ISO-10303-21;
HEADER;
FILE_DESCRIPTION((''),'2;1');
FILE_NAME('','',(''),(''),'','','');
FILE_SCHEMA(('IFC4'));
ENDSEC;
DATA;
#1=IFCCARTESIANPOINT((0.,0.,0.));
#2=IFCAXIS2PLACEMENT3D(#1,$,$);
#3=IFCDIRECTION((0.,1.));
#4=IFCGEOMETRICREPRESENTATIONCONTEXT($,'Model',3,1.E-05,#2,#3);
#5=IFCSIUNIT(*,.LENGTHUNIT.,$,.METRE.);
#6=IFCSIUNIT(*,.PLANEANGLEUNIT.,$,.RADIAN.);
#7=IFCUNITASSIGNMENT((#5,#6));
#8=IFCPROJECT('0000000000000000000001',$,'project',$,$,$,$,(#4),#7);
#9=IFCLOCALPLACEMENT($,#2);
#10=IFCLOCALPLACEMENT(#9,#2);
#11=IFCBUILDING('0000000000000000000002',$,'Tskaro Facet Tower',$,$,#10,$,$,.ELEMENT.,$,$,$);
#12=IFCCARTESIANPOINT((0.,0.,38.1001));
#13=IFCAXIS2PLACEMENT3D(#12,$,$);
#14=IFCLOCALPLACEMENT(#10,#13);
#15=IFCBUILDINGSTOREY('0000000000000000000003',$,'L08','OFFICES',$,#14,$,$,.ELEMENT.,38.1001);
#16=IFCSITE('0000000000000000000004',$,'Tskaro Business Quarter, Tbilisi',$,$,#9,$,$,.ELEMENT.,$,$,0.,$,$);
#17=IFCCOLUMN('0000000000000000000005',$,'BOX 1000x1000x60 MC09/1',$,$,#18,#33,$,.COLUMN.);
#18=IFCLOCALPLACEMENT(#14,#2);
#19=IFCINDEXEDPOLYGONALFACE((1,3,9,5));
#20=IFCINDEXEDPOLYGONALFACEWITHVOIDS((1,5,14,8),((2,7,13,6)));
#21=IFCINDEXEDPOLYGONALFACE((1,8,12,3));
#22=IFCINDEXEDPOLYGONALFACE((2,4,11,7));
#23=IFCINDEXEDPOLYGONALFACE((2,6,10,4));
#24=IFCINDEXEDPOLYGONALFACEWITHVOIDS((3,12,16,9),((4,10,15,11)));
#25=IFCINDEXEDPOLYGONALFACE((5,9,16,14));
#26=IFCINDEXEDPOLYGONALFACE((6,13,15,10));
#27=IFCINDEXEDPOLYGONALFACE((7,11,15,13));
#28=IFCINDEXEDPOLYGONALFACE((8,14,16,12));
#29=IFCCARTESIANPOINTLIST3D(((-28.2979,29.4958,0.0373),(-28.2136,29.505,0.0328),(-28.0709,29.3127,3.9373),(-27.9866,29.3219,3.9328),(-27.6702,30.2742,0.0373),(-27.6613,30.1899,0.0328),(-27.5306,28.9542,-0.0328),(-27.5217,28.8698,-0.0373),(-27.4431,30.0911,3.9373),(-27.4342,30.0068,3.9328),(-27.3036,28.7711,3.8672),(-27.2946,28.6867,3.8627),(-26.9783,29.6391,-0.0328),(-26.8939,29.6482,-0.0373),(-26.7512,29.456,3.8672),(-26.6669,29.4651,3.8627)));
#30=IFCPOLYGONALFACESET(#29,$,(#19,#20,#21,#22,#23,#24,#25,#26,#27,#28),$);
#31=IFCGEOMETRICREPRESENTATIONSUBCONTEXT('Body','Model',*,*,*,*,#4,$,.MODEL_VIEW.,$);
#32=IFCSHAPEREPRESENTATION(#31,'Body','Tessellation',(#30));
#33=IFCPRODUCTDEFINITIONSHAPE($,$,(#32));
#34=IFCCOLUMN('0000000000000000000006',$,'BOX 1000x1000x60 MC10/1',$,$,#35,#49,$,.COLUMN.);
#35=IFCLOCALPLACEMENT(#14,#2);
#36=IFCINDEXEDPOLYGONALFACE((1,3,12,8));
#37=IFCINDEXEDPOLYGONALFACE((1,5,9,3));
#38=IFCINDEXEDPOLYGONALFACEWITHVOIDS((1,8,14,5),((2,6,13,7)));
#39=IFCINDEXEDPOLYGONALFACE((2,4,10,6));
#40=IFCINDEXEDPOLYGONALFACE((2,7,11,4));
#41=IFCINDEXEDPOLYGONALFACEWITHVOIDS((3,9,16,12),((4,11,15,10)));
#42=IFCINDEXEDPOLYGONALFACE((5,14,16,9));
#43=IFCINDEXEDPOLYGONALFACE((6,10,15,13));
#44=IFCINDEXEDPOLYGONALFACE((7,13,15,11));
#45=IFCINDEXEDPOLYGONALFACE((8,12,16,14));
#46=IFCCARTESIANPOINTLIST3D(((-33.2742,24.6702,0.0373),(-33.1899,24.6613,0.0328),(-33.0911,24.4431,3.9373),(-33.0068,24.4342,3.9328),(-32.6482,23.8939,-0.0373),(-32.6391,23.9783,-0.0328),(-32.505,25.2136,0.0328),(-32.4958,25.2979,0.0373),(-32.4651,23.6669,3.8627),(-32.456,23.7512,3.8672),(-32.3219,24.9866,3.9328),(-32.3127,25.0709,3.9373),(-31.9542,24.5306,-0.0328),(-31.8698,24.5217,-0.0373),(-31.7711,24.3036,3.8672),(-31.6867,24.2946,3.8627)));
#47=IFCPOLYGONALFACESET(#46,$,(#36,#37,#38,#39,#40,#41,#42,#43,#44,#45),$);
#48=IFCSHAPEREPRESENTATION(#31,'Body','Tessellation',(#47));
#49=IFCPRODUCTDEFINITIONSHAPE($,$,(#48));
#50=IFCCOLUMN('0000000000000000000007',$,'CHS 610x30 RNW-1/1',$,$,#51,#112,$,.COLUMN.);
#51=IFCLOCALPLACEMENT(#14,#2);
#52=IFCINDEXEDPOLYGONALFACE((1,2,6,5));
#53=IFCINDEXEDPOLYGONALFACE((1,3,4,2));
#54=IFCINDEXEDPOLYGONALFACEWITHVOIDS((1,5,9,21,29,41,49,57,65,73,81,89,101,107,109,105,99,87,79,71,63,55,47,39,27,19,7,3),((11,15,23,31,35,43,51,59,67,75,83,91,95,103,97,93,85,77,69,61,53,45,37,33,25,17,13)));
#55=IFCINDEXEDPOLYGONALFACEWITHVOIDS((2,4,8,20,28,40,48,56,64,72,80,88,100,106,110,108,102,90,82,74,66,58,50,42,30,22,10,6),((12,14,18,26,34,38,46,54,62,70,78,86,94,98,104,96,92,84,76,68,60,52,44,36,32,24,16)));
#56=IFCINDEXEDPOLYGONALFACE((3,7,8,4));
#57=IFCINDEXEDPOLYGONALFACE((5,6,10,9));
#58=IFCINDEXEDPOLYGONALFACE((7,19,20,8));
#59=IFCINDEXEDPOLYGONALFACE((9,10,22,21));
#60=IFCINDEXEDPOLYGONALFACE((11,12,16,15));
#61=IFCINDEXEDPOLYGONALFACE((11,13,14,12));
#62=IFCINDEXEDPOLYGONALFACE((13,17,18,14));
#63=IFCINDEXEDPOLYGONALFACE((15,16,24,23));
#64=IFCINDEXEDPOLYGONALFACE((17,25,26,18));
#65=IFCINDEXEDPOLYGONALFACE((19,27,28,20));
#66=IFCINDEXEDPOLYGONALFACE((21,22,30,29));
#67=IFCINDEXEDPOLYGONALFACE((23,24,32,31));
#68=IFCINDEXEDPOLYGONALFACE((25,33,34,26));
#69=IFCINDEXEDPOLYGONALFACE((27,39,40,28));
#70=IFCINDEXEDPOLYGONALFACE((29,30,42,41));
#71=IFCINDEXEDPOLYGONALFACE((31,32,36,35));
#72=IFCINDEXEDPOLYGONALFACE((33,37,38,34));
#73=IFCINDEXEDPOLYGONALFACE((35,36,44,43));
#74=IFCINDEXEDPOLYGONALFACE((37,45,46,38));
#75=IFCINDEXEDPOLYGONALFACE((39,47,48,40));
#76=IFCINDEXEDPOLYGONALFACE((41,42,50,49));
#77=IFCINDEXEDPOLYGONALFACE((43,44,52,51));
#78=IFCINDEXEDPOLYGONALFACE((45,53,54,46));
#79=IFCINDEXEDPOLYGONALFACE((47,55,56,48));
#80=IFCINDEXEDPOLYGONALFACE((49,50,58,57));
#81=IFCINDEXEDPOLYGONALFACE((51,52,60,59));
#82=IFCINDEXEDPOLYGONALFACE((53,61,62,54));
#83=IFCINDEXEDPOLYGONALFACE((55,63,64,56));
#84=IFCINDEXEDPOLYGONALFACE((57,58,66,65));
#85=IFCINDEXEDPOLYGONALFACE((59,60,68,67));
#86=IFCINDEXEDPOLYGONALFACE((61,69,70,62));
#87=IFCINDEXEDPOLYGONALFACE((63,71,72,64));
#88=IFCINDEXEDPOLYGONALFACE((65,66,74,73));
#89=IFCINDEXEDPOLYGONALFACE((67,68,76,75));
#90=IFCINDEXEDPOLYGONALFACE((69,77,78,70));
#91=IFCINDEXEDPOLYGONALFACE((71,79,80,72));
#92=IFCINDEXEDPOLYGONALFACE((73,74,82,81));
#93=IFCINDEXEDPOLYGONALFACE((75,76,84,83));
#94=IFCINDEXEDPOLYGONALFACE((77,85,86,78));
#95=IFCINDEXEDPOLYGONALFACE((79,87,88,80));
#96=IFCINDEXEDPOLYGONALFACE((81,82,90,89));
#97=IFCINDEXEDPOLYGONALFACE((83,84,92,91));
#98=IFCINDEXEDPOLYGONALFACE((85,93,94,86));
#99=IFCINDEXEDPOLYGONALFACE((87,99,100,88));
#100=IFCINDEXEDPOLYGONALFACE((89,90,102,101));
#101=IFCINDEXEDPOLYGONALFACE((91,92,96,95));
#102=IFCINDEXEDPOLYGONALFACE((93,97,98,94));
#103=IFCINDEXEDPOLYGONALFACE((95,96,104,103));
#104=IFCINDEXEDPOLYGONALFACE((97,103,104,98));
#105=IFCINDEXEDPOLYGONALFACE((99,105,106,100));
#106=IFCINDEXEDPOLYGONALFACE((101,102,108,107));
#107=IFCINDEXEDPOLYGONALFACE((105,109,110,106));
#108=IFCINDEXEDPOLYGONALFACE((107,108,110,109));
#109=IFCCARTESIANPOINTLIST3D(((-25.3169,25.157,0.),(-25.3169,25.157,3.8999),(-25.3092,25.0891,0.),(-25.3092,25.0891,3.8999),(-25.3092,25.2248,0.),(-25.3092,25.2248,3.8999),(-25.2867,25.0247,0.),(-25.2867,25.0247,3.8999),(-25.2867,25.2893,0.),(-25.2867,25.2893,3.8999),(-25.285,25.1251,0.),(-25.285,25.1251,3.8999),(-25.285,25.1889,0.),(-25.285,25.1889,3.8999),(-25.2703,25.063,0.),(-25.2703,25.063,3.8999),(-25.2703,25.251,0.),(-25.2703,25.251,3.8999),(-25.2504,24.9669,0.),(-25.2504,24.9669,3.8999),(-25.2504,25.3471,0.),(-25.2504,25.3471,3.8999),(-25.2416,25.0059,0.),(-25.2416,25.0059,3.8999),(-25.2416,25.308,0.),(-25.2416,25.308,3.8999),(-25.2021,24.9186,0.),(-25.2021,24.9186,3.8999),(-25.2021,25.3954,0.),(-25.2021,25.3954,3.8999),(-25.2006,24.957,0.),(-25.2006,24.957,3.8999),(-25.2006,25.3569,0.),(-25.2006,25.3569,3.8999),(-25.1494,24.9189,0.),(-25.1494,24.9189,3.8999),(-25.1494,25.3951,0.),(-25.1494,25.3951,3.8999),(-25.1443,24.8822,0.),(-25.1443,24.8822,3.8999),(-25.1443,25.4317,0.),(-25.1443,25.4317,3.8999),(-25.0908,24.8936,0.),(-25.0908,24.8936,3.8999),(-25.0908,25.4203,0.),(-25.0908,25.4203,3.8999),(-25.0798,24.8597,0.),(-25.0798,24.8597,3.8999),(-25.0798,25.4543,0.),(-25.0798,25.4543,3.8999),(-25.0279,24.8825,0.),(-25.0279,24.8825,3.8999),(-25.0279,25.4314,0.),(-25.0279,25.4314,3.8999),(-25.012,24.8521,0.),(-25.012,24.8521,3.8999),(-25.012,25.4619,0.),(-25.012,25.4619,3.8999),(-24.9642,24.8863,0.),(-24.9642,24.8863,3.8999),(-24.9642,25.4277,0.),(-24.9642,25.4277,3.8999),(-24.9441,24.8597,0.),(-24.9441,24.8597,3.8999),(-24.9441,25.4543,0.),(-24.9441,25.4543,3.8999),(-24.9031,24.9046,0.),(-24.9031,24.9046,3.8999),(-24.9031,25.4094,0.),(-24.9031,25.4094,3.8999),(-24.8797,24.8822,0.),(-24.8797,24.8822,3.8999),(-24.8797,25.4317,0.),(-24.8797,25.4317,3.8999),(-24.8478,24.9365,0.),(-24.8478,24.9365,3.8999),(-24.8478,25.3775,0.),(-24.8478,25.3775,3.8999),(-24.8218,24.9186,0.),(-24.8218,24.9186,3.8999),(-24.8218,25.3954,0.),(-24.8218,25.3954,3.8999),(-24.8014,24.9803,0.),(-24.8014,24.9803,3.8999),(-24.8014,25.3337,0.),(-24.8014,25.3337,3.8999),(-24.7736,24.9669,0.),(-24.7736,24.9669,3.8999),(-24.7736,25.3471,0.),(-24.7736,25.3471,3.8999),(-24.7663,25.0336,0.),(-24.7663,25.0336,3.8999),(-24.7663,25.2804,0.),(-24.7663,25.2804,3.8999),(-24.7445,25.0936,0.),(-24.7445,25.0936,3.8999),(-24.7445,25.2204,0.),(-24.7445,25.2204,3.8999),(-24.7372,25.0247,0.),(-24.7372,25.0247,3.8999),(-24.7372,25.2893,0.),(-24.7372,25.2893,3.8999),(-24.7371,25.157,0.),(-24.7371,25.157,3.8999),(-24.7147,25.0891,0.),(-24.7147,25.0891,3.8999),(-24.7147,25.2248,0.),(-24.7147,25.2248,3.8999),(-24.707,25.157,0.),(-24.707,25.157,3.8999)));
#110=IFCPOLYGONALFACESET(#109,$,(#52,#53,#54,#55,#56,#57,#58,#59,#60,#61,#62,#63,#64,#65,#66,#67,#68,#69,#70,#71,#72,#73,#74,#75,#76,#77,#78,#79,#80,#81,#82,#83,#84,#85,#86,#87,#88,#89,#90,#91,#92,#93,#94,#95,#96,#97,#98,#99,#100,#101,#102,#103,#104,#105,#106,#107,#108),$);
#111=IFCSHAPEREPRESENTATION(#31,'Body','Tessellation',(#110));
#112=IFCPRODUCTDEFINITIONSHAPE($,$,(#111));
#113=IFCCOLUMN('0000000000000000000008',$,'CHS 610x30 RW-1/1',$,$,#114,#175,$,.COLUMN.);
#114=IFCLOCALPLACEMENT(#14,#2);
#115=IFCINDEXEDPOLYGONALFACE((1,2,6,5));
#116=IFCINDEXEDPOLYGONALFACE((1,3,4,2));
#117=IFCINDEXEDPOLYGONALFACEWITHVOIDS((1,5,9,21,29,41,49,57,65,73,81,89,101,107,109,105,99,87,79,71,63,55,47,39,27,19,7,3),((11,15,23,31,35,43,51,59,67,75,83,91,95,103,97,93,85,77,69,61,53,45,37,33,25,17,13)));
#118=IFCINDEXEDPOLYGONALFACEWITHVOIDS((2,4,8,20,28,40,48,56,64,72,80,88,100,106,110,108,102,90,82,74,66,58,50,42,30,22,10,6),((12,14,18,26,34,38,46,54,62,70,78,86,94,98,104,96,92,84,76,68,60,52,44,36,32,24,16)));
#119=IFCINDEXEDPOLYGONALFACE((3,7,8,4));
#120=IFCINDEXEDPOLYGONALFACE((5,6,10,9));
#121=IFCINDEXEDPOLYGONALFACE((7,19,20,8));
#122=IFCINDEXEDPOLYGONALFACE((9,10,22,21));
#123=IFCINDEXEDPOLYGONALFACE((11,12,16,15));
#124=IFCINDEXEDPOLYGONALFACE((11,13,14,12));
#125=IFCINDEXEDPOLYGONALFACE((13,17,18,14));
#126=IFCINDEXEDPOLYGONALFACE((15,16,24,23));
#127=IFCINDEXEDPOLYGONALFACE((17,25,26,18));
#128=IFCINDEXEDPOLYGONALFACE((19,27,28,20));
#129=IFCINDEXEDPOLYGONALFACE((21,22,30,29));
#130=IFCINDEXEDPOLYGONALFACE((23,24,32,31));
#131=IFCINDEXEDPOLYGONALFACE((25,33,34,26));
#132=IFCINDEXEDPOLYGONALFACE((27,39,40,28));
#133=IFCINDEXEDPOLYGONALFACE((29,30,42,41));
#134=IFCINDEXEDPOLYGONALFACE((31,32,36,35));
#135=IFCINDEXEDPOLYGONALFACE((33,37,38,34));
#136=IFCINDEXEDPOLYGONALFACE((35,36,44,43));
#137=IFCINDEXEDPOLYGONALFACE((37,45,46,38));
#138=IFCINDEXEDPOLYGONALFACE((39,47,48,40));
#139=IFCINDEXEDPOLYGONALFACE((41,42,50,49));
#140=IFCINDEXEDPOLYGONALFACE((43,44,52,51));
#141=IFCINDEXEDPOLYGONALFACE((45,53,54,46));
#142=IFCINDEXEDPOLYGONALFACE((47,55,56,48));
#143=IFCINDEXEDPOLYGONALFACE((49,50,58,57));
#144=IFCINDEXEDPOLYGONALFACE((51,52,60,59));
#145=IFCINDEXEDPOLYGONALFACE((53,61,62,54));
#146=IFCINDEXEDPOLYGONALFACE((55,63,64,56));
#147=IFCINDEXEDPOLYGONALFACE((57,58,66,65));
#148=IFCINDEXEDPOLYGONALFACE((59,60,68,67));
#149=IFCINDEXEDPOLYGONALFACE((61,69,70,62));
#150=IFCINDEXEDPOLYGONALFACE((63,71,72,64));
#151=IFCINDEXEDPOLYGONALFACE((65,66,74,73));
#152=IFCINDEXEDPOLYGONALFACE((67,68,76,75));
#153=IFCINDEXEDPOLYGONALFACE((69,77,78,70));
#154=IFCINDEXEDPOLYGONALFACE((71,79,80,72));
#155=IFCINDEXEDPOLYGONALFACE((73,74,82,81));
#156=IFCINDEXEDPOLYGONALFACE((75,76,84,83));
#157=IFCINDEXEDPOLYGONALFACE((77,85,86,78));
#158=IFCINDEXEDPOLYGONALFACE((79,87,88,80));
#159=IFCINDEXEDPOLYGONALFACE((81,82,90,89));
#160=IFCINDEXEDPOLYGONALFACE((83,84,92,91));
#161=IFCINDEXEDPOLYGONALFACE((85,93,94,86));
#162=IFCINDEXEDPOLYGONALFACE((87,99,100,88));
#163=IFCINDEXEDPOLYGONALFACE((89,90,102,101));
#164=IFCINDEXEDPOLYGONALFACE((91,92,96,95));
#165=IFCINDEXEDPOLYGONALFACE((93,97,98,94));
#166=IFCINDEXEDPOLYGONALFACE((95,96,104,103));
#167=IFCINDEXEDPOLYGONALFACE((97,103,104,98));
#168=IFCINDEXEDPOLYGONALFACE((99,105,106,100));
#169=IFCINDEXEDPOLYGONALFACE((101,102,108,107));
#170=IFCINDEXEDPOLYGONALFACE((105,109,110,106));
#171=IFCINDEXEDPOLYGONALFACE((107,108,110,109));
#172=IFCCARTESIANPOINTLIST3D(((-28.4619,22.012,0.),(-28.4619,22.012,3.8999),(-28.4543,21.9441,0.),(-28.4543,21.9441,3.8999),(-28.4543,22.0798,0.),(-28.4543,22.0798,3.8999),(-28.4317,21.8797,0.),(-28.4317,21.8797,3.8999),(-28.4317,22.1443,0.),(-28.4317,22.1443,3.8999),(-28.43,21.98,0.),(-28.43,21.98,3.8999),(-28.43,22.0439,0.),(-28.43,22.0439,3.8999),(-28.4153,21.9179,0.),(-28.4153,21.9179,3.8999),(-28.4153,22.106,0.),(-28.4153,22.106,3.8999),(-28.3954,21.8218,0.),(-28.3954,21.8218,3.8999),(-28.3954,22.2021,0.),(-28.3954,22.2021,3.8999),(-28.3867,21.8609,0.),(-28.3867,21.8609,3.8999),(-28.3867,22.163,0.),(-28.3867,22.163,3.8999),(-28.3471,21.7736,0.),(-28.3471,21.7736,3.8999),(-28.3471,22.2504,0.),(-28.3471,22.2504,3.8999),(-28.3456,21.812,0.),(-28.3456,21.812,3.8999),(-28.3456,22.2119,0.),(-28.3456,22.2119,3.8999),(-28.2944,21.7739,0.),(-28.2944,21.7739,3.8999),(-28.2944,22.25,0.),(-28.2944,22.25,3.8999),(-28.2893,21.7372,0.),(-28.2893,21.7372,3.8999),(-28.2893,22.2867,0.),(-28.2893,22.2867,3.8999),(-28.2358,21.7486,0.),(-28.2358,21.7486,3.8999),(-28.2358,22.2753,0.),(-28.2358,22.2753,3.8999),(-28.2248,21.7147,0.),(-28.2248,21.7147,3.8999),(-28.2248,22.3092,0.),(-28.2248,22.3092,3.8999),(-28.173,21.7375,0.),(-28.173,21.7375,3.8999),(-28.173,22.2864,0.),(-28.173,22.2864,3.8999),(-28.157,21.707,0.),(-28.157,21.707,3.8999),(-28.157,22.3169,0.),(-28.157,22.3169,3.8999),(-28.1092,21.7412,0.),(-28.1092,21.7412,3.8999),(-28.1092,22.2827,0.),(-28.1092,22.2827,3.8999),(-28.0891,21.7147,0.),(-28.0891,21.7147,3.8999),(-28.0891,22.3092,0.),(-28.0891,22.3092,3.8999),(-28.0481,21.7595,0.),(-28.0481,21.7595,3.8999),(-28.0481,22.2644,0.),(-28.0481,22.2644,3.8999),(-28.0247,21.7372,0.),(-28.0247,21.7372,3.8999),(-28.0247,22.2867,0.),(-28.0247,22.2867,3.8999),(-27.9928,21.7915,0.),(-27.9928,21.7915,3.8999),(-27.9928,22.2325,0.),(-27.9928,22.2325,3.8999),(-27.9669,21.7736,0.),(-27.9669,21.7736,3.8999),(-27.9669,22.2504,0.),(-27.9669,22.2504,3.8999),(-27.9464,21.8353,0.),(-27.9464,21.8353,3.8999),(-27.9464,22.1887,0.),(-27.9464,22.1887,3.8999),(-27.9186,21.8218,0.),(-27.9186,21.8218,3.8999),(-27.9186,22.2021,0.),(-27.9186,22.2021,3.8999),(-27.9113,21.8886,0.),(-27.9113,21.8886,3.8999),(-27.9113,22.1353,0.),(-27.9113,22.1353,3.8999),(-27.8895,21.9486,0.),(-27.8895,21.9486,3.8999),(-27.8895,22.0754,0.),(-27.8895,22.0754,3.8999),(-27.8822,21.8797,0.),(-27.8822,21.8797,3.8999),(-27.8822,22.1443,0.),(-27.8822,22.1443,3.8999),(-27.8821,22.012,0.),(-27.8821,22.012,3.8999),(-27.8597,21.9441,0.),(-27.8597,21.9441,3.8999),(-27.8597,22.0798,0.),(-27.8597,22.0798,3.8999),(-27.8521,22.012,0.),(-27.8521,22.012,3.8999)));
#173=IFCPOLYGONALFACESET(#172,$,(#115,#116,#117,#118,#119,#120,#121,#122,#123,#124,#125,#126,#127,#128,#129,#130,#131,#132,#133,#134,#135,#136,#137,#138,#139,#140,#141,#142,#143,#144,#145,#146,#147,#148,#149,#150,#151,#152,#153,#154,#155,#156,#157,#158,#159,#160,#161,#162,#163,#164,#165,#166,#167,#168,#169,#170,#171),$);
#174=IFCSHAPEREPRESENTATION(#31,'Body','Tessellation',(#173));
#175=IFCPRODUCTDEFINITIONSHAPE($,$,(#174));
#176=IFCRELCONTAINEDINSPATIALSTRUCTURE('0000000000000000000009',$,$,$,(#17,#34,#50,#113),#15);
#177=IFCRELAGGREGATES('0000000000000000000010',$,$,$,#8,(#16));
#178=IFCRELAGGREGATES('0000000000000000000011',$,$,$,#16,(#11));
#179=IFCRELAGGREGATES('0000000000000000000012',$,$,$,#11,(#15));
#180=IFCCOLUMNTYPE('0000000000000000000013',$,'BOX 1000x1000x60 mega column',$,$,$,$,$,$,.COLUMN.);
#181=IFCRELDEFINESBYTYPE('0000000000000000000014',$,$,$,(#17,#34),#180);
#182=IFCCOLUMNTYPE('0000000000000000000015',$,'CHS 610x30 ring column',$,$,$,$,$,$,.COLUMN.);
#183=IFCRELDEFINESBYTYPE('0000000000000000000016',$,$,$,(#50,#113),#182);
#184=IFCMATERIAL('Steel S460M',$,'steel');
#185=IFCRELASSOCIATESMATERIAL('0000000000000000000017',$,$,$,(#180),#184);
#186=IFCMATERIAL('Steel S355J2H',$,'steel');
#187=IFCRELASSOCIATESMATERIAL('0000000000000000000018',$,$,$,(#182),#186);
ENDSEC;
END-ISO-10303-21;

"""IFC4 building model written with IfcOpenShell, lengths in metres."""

from ifc_helpers import new_model, si_unit, direction, frame, origin, origin_2d, place, context, subcontext, project, spatial, hollow_rectangle, hollow_circle, extrude, material, material_profile, profile_set, type_object, element, save


model = new_model("IFC4")

# Units and contexts
model_context = context("Model", 3, precision=1e-05, world=origin(), true_north=direction((0.0, 1.0)))
body_context = subcontext(model_context, "Body", "Model", "MODEL_VIEW")
ifc_project = project(units=[si_unit("LENGTHUNIT", "METRE"), si_unit("PLANEANGLEUNIT", "RADIAN")], contexts=[model_context])

# Site, building, storey
site_placement = place(None, origin())
site = spatial("IfcSite", under=ifc_project, at=site_placement, Name="Tskaro Business Quarter, Tbilisi", CompositionType="ELEMENT", RefElevation=0.0)
building_placement = place(site_placement, origin())
building = spatial("IfcBuilding", under=site, at=building_placement, Name="Tskaro Facet Tower", CompositionType="ELEMENT")
storey_placement = place(building_placement, frame((0.0, 0.0, 38.1001)))
storey = spatial("IfcBuildingStorey", under=building, at=storey_placement, Name="L08", Description="OFFICES", CompositionType="ELEMENT", Elevation=38.1001)

# Columns
ifc_material_1 = material(Name="Steel S460M", Category="steel")
ifc_material_profile_1 = material_profile(ifc_material_1, hollow_rectangle(XDim=1.0, YDim=1.0, WallThickness=0.0601, at=origin_2d()), Name="BOX 1000x1000x60")
ifc_profile_set_1 = profile_set([ifc_material_profile_1], Name="Steel S460M")
column_type_1 = type_object("IfcColumnType", Name="BOX 1000x1000x60 mega column", PredefinedType="COLUMN", material=ifc_profile_set_1)
for number, where, z_axis, x_axis, name in (
    (1, (-27.5959, 29.572, 0.0), (0.058057, -0.046821, 0.997215), (0.627752, 0.778413, 0.0), "BOX 1000x1000x60 MC09/1"),
    (2, (-32.572, 24.5959, 0.0), (0.046821, -0.058057, 0.997215), (0.778413, 0.627752, 0.0), "BOX 1000x1000x60 MC10/1"),
):
    element("IfcColumn", number, at=place(storey_placement, frame(where, z_axis=z_axis, x_axis=x_axis)), inside=storey, type_object=column_type_1, Name=name, PredefinedType="COLUMN", context=body_context, shape_type="SweptSolid", body=[
        extrude(hollow_rectangle(XDim=1.0, YDim=1.0, WallThickness=0.0601, at=origin_2d()), origin(), (0.0, 0.0, 1.0), 3.9109),
    ])
ifc_material_2 = material(Name="Steel S355J2H", Category="steel")
ifc_material_profile_2 = material_profile(ifc_material_2, hollow_circle(Radius=0.3049, WallThickness=0.03, at=origin_2d()), Name="CHS 610x30")
ifc_profile_set_2 = profile_set([ifc_material_profile_2], Name="Steel S355J2H")
column_type_2 = type_object("IfcColumnType", Name="CHS 610x30 ring column", PredefinedType="COLUMN", material=ifc_profile_set_2)
for number, where, z_axis, x_axis, name in (
    (3, (-25.012, 25.157, 0.0), (0.0, 0.0, 1.0), (1.0, 0.0, 0.0), "CHS 610x30 RNW-1/1"),
    (4, (-28.157, 22.012, 0.0), (0.0, 0.0, 1.0), (1.0, 0.0, 0.0), "CHS 610x30 RW-1/1"),
):
    element("IfcColumn", number, at=place(storey_placement, frame(where, z_axis=z_axis, x_axis=x_axis)), inside=storey, type_object=column_type_2, Name=name, PredefinedType="COLUMN", context=body_context, shape_type="SweptSolid", body=[
        extrude(hollow_circle(Radius=0.3049, WallThickness=0.03, at=origin_2d()), origin(), (0.0, 0.0, 1.0), 3.8999),
    ])

save(model, "model.ifc")
